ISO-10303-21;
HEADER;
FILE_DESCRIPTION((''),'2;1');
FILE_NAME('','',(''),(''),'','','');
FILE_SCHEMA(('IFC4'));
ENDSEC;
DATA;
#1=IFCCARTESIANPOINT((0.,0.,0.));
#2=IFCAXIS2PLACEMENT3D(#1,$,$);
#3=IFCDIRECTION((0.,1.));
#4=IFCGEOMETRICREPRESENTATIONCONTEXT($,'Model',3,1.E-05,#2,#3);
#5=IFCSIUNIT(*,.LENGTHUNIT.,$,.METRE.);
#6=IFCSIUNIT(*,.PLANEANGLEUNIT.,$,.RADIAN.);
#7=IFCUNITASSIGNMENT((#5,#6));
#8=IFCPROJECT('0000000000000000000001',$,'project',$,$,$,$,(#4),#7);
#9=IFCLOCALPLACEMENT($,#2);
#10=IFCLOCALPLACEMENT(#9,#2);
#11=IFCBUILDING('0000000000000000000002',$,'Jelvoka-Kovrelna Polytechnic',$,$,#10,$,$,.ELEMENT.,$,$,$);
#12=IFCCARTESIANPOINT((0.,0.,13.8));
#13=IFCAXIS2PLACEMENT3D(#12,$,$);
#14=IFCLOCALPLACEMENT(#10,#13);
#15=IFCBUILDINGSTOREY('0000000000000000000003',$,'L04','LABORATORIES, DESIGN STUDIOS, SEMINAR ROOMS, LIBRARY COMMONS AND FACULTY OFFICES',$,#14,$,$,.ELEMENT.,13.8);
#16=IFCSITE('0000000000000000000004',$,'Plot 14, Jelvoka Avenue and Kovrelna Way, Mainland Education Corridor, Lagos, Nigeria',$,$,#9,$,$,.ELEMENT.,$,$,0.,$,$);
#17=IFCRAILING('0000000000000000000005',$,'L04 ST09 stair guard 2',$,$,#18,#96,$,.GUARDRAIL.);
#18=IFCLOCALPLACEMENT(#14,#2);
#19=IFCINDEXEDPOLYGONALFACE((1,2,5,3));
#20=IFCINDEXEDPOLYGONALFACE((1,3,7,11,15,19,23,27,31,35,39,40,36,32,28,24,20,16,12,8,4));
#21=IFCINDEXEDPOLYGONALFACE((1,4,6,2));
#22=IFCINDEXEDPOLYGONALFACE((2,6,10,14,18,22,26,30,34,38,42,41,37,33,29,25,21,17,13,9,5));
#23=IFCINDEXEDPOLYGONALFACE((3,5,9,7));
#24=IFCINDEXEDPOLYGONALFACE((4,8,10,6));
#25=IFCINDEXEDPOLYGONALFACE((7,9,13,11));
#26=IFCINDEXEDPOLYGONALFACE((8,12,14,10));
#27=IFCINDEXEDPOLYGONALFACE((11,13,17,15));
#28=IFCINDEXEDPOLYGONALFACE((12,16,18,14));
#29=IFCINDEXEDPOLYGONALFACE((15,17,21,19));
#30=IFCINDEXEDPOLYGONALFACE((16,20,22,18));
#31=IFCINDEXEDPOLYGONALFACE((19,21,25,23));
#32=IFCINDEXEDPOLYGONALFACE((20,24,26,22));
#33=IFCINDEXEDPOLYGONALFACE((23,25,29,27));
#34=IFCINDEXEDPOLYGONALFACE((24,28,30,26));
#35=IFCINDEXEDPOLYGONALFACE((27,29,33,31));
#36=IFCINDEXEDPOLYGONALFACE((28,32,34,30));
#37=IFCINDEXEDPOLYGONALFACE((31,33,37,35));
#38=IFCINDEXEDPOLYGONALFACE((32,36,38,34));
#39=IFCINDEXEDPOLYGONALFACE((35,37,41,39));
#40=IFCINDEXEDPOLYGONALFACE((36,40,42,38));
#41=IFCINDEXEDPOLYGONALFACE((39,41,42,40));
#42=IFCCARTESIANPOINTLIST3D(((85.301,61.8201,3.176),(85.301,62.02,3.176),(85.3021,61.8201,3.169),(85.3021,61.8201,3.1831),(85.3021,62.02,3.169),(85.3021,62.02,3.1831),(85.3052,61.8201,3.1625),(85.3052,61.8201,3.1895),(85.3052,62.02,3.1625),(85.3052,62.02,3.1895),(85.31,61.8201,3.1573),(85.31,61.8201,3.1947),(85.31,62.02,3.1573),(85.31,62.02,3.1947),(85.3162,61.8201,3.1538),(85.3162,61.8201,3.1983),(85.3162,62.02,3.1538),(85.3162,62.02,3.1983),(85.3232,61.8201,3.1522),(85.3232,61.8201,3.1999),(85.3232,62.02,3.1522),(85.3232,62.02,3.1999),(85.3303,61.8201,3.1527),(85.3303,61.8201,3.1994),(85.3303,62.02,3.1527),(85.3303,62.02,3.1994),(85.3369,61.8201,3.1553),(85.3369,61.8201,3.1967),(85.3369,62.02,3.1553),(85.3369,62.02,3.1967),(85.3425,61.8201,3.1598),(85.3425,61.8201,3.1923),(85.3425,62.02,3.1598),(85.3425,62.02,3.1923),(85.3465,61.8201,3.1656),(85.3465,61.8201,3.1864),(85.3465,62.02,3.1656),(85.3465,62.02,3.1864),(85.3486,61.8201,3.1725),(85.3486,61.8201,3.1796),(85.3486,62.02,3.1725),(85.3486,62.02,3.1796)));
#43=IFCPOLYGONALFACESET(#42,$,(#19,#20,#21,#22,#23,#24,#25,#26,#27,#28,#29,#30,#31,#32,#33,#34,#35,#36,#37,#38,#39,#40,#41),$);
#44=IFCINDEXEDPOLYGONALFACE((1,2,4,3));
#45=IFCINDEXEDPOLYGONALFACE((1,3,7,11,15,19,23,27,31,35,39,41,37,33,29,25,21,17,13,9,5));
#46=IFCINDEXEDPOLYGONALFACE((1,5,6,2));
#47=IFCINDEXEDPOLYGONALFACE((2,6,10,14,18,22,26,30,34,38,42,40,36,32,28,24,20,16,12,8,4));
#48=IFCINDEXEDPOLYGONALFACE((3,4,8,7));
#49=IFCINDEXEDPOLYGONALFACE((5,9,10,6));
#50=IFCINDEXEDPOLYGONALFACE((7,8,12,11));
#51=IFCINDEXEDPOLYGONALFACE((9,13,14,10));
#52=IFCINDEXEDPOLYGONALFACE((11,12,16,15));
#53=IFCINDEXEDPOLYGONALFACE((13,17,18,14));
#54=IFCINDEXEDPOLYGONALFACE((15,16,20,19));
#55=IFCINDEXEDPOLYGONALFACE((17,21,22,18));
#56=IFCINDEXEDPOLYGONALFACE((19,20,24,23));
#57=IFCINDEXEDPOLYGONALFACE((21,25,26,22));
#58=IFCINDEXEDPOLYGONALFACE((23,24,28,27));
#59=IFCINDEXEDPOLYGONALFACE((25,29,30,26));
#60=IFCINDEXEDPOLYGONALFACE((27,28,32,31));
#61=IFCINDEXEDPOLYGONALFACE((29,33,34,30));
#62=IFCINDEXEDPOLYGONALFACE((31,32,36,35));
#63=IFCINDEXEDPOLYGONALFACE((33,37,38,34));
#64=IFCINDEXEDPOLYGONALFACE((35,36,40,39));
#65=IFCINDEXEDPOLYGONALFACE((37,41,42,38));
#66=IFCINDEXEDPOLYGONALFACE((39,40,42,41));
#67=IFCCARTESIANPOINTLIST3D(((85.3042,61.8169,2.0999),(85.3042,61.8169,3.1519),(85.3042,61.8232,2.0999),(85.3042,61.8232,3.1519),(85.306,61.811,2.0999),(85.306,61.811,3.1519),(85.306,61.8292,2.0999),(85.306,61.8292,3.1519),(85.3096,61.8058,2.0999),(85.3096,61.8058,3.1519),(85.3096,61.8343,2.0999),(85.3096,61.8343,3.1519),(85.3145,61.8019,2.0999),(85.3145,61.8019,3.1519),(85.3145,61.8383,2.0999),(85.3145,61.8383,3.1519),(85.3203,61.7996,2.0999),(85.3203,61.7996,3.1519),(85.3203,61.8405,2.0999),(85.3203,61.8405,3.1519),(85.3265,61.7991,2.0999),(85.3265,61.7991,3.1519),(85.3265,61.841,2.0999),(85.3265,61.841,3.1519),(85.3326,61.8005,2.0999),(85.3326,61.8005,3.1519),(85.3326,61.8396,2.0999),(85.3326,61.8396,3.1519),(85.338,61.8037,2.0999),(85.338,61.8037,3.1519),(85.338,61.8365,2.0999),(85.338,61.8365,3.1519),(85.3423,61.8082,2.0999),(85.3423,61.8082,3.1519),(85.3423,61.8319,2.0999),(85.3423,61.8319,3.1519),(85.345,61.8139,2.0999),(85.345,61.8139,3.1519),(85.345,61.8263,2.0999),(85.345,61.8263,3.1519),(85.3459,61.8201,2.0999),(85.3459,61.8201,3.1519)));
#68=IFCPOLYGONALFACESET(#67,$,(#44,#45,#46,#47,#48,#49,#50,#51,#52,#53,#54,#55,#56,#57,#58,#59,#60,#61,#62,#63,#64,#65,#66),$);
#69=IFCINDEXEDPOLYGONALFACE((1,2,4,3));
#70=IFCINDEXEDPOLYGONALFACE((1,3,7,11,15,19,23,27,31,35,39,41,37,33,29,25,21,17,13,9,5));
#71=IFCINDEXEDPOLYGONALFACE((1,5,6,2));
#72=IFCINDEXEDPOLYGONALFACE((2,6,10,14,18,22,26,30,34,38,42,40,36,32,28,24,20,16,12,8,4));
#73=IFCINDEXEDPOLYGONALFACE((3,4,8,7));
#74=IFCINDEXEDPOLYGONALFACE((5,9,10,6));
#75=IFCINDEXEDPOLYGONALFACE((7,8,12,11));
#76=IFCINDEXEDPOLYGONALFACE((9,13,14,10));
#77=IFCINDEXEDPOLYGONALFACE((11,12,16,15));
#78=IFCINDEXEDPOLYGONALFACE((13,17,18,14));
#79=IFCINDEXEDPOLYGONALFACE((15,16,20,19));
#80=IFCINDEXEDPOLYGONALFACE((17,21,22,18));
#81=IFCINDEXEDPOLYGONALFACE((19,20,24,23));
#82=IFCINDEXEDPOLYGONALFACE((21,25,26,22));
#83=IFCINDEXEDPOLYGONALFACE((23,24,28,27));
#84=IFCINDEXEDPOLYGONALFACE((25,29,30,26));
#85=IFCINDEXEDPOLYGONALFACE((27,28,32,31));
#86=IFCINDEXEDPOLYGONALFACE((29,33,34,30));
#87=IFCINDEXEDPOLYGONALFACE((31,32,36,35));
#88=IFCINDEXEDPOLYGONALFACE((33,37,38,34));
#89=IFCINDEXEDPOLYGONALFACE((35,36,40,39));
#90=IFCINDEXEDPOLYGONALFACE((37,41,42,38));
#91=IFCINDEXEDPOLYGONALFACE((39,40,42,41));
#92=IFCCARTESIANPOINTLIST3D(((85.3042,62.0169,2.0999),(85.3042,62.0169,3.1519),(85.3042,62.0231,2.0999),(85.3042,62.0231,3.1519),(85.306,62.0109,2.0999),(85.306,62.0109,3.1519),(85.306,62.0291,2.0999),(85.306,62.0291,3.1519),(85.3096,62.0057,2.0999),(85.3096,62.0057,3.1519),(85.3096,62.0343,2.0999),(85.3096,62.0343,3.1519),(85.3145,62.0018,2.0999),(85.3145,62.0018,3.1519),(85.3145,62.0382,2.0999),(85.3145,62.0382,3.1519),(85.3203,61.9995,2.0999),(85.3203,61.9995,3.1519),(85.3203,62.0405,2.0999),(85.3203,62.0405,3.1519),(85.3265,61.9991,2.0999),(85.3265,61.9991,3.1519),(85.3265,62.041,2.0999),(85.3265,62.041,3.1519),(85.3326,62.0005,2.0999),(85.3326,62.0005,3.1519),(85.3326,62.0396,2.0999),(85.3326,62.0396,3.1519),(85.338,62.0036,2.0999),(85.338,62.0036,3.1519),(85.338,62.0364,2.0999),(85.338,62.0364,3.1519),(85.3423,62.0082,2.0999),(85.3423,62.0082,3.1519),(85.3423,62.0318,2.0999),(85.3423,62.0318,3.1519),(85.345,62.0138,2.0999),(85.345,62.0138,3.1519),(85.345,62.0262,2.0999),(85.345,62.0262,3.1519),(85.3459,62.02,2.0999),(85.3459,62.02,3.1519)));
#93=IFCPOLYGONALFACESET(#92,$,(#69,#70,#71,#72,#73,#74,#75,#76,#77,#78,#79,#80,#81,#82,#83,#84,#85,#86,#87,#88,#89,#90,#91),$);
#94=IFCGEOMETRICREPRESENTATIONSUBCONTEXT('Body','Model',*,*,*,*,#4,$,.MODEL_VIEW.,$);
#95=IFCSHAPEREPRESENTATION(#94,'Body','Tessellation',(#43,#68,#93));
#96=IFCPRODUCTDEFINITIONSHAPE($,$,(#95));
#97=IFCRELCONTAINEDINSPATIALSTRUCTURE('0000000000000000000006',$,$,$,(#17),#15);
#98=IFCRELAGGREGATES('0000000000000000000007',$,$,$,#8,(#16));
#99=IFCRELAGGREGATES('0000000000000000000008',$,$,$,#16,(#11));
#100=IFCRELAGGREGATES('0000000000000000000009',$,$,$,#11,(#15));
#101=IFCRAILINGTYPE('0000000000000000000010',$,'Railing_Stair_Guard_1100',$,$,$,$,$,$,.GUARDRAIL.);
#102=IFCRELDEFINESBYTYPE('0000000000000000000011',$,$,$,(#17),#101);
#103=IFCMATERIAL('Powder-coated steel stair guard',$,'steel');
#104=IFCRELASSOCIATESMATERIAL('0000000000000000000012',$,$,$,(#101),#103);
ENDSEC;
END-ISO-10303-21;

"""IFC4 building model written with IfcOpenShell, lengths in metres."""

from ifc_helpers import new_model, si_unit, direction, frame, origin, origin_2d, place, context, subcontext, project, spatial, circle, extrude, material, type_object, element, save


model = new_model("IFC4")

# Units and contexts
model_context = context("Model", 3, precision=1e-05, world=origin(), true_north=direction((0.0, 1.0)))
body_context = subcontext(model_context, "Body", "Model", "MODEL_VIEW")
ifc_project = project(units=[si_unit("LENGTHUNIT", "METRE"), si_unit("PLANEANGLEUNIT", "RADIAN")], contexts=[model_context])

# Site, building, storey
site_placement = place(None, origin())
site = spatial("IfcSite", under=ifc_project, at=site_placement, Name="Plot 14, Jelvoka Avenue and Kovrelna Way, Mainland Education Corridor, Lagos, Nigeria", CompositionType="ELEMENT", RefElevation=0.0)
building_placement = place(site_placement, origin())
building = spatial("IfcBuilding", under=site, at=building_placement, Name="Jelvoka-Kovrelna Polytechnic", CompositionType="ELEMENT")
storey_placement = place(building_placement, frame((0.0, 0.0, 13.8)))
storey = spatial("IfcBuildingStorey", under=building, at=storey_placement, Name="L04", Description="LABORATORIES, DESIGN STUDIOS, SEMINAR ROOMS, LIBRARY COMMONS AND FACULTY OFFICES", CompositionType="ELEMENT", Elevation=13.8)

# Railing
ifc_material_1 = material(Name="Powder-coated steel stair guard", Category="steel")
railing_type_1 = type_object("IfcRailingType", Name="Railing_Stair_Guard_1100", PredefinedType="GUARDRAIL", material=ifc_material_1)
railing_1_placement = place(storey_placement, frame((85.325, 61.8201, 2.0999)))
element("IfcRailing", 1, at=railing_1_placement, inside=storey, type_object=railing_type_1, Name="L04 ST09 stair guard 2", PredefinedType="GUARDRAIL", context=body_context, shape_type="SweptSolid", body=[
    extrude(circle(Radius=0.0239, at=origin_2d()), frame((0.0, 0.0, 1.0762), z_axis=(0.0, 1.0, 0.0), x_axis=(-1.0, 0.0, 0.0)), (0.0, 0.0, 1.0), 0.2),
    extrude(circle(Radius=0.021, at=origin_2d()), origin(), (0.0, 0.0, 1.0), 1.052),
    extrude(circle(Radius=0.021, at=origin_2d()), frame((0.0, 0.2, 0.0)), (0.0, 0.0, 1.0), 1.052),
])

save(model, "model.ifc")
